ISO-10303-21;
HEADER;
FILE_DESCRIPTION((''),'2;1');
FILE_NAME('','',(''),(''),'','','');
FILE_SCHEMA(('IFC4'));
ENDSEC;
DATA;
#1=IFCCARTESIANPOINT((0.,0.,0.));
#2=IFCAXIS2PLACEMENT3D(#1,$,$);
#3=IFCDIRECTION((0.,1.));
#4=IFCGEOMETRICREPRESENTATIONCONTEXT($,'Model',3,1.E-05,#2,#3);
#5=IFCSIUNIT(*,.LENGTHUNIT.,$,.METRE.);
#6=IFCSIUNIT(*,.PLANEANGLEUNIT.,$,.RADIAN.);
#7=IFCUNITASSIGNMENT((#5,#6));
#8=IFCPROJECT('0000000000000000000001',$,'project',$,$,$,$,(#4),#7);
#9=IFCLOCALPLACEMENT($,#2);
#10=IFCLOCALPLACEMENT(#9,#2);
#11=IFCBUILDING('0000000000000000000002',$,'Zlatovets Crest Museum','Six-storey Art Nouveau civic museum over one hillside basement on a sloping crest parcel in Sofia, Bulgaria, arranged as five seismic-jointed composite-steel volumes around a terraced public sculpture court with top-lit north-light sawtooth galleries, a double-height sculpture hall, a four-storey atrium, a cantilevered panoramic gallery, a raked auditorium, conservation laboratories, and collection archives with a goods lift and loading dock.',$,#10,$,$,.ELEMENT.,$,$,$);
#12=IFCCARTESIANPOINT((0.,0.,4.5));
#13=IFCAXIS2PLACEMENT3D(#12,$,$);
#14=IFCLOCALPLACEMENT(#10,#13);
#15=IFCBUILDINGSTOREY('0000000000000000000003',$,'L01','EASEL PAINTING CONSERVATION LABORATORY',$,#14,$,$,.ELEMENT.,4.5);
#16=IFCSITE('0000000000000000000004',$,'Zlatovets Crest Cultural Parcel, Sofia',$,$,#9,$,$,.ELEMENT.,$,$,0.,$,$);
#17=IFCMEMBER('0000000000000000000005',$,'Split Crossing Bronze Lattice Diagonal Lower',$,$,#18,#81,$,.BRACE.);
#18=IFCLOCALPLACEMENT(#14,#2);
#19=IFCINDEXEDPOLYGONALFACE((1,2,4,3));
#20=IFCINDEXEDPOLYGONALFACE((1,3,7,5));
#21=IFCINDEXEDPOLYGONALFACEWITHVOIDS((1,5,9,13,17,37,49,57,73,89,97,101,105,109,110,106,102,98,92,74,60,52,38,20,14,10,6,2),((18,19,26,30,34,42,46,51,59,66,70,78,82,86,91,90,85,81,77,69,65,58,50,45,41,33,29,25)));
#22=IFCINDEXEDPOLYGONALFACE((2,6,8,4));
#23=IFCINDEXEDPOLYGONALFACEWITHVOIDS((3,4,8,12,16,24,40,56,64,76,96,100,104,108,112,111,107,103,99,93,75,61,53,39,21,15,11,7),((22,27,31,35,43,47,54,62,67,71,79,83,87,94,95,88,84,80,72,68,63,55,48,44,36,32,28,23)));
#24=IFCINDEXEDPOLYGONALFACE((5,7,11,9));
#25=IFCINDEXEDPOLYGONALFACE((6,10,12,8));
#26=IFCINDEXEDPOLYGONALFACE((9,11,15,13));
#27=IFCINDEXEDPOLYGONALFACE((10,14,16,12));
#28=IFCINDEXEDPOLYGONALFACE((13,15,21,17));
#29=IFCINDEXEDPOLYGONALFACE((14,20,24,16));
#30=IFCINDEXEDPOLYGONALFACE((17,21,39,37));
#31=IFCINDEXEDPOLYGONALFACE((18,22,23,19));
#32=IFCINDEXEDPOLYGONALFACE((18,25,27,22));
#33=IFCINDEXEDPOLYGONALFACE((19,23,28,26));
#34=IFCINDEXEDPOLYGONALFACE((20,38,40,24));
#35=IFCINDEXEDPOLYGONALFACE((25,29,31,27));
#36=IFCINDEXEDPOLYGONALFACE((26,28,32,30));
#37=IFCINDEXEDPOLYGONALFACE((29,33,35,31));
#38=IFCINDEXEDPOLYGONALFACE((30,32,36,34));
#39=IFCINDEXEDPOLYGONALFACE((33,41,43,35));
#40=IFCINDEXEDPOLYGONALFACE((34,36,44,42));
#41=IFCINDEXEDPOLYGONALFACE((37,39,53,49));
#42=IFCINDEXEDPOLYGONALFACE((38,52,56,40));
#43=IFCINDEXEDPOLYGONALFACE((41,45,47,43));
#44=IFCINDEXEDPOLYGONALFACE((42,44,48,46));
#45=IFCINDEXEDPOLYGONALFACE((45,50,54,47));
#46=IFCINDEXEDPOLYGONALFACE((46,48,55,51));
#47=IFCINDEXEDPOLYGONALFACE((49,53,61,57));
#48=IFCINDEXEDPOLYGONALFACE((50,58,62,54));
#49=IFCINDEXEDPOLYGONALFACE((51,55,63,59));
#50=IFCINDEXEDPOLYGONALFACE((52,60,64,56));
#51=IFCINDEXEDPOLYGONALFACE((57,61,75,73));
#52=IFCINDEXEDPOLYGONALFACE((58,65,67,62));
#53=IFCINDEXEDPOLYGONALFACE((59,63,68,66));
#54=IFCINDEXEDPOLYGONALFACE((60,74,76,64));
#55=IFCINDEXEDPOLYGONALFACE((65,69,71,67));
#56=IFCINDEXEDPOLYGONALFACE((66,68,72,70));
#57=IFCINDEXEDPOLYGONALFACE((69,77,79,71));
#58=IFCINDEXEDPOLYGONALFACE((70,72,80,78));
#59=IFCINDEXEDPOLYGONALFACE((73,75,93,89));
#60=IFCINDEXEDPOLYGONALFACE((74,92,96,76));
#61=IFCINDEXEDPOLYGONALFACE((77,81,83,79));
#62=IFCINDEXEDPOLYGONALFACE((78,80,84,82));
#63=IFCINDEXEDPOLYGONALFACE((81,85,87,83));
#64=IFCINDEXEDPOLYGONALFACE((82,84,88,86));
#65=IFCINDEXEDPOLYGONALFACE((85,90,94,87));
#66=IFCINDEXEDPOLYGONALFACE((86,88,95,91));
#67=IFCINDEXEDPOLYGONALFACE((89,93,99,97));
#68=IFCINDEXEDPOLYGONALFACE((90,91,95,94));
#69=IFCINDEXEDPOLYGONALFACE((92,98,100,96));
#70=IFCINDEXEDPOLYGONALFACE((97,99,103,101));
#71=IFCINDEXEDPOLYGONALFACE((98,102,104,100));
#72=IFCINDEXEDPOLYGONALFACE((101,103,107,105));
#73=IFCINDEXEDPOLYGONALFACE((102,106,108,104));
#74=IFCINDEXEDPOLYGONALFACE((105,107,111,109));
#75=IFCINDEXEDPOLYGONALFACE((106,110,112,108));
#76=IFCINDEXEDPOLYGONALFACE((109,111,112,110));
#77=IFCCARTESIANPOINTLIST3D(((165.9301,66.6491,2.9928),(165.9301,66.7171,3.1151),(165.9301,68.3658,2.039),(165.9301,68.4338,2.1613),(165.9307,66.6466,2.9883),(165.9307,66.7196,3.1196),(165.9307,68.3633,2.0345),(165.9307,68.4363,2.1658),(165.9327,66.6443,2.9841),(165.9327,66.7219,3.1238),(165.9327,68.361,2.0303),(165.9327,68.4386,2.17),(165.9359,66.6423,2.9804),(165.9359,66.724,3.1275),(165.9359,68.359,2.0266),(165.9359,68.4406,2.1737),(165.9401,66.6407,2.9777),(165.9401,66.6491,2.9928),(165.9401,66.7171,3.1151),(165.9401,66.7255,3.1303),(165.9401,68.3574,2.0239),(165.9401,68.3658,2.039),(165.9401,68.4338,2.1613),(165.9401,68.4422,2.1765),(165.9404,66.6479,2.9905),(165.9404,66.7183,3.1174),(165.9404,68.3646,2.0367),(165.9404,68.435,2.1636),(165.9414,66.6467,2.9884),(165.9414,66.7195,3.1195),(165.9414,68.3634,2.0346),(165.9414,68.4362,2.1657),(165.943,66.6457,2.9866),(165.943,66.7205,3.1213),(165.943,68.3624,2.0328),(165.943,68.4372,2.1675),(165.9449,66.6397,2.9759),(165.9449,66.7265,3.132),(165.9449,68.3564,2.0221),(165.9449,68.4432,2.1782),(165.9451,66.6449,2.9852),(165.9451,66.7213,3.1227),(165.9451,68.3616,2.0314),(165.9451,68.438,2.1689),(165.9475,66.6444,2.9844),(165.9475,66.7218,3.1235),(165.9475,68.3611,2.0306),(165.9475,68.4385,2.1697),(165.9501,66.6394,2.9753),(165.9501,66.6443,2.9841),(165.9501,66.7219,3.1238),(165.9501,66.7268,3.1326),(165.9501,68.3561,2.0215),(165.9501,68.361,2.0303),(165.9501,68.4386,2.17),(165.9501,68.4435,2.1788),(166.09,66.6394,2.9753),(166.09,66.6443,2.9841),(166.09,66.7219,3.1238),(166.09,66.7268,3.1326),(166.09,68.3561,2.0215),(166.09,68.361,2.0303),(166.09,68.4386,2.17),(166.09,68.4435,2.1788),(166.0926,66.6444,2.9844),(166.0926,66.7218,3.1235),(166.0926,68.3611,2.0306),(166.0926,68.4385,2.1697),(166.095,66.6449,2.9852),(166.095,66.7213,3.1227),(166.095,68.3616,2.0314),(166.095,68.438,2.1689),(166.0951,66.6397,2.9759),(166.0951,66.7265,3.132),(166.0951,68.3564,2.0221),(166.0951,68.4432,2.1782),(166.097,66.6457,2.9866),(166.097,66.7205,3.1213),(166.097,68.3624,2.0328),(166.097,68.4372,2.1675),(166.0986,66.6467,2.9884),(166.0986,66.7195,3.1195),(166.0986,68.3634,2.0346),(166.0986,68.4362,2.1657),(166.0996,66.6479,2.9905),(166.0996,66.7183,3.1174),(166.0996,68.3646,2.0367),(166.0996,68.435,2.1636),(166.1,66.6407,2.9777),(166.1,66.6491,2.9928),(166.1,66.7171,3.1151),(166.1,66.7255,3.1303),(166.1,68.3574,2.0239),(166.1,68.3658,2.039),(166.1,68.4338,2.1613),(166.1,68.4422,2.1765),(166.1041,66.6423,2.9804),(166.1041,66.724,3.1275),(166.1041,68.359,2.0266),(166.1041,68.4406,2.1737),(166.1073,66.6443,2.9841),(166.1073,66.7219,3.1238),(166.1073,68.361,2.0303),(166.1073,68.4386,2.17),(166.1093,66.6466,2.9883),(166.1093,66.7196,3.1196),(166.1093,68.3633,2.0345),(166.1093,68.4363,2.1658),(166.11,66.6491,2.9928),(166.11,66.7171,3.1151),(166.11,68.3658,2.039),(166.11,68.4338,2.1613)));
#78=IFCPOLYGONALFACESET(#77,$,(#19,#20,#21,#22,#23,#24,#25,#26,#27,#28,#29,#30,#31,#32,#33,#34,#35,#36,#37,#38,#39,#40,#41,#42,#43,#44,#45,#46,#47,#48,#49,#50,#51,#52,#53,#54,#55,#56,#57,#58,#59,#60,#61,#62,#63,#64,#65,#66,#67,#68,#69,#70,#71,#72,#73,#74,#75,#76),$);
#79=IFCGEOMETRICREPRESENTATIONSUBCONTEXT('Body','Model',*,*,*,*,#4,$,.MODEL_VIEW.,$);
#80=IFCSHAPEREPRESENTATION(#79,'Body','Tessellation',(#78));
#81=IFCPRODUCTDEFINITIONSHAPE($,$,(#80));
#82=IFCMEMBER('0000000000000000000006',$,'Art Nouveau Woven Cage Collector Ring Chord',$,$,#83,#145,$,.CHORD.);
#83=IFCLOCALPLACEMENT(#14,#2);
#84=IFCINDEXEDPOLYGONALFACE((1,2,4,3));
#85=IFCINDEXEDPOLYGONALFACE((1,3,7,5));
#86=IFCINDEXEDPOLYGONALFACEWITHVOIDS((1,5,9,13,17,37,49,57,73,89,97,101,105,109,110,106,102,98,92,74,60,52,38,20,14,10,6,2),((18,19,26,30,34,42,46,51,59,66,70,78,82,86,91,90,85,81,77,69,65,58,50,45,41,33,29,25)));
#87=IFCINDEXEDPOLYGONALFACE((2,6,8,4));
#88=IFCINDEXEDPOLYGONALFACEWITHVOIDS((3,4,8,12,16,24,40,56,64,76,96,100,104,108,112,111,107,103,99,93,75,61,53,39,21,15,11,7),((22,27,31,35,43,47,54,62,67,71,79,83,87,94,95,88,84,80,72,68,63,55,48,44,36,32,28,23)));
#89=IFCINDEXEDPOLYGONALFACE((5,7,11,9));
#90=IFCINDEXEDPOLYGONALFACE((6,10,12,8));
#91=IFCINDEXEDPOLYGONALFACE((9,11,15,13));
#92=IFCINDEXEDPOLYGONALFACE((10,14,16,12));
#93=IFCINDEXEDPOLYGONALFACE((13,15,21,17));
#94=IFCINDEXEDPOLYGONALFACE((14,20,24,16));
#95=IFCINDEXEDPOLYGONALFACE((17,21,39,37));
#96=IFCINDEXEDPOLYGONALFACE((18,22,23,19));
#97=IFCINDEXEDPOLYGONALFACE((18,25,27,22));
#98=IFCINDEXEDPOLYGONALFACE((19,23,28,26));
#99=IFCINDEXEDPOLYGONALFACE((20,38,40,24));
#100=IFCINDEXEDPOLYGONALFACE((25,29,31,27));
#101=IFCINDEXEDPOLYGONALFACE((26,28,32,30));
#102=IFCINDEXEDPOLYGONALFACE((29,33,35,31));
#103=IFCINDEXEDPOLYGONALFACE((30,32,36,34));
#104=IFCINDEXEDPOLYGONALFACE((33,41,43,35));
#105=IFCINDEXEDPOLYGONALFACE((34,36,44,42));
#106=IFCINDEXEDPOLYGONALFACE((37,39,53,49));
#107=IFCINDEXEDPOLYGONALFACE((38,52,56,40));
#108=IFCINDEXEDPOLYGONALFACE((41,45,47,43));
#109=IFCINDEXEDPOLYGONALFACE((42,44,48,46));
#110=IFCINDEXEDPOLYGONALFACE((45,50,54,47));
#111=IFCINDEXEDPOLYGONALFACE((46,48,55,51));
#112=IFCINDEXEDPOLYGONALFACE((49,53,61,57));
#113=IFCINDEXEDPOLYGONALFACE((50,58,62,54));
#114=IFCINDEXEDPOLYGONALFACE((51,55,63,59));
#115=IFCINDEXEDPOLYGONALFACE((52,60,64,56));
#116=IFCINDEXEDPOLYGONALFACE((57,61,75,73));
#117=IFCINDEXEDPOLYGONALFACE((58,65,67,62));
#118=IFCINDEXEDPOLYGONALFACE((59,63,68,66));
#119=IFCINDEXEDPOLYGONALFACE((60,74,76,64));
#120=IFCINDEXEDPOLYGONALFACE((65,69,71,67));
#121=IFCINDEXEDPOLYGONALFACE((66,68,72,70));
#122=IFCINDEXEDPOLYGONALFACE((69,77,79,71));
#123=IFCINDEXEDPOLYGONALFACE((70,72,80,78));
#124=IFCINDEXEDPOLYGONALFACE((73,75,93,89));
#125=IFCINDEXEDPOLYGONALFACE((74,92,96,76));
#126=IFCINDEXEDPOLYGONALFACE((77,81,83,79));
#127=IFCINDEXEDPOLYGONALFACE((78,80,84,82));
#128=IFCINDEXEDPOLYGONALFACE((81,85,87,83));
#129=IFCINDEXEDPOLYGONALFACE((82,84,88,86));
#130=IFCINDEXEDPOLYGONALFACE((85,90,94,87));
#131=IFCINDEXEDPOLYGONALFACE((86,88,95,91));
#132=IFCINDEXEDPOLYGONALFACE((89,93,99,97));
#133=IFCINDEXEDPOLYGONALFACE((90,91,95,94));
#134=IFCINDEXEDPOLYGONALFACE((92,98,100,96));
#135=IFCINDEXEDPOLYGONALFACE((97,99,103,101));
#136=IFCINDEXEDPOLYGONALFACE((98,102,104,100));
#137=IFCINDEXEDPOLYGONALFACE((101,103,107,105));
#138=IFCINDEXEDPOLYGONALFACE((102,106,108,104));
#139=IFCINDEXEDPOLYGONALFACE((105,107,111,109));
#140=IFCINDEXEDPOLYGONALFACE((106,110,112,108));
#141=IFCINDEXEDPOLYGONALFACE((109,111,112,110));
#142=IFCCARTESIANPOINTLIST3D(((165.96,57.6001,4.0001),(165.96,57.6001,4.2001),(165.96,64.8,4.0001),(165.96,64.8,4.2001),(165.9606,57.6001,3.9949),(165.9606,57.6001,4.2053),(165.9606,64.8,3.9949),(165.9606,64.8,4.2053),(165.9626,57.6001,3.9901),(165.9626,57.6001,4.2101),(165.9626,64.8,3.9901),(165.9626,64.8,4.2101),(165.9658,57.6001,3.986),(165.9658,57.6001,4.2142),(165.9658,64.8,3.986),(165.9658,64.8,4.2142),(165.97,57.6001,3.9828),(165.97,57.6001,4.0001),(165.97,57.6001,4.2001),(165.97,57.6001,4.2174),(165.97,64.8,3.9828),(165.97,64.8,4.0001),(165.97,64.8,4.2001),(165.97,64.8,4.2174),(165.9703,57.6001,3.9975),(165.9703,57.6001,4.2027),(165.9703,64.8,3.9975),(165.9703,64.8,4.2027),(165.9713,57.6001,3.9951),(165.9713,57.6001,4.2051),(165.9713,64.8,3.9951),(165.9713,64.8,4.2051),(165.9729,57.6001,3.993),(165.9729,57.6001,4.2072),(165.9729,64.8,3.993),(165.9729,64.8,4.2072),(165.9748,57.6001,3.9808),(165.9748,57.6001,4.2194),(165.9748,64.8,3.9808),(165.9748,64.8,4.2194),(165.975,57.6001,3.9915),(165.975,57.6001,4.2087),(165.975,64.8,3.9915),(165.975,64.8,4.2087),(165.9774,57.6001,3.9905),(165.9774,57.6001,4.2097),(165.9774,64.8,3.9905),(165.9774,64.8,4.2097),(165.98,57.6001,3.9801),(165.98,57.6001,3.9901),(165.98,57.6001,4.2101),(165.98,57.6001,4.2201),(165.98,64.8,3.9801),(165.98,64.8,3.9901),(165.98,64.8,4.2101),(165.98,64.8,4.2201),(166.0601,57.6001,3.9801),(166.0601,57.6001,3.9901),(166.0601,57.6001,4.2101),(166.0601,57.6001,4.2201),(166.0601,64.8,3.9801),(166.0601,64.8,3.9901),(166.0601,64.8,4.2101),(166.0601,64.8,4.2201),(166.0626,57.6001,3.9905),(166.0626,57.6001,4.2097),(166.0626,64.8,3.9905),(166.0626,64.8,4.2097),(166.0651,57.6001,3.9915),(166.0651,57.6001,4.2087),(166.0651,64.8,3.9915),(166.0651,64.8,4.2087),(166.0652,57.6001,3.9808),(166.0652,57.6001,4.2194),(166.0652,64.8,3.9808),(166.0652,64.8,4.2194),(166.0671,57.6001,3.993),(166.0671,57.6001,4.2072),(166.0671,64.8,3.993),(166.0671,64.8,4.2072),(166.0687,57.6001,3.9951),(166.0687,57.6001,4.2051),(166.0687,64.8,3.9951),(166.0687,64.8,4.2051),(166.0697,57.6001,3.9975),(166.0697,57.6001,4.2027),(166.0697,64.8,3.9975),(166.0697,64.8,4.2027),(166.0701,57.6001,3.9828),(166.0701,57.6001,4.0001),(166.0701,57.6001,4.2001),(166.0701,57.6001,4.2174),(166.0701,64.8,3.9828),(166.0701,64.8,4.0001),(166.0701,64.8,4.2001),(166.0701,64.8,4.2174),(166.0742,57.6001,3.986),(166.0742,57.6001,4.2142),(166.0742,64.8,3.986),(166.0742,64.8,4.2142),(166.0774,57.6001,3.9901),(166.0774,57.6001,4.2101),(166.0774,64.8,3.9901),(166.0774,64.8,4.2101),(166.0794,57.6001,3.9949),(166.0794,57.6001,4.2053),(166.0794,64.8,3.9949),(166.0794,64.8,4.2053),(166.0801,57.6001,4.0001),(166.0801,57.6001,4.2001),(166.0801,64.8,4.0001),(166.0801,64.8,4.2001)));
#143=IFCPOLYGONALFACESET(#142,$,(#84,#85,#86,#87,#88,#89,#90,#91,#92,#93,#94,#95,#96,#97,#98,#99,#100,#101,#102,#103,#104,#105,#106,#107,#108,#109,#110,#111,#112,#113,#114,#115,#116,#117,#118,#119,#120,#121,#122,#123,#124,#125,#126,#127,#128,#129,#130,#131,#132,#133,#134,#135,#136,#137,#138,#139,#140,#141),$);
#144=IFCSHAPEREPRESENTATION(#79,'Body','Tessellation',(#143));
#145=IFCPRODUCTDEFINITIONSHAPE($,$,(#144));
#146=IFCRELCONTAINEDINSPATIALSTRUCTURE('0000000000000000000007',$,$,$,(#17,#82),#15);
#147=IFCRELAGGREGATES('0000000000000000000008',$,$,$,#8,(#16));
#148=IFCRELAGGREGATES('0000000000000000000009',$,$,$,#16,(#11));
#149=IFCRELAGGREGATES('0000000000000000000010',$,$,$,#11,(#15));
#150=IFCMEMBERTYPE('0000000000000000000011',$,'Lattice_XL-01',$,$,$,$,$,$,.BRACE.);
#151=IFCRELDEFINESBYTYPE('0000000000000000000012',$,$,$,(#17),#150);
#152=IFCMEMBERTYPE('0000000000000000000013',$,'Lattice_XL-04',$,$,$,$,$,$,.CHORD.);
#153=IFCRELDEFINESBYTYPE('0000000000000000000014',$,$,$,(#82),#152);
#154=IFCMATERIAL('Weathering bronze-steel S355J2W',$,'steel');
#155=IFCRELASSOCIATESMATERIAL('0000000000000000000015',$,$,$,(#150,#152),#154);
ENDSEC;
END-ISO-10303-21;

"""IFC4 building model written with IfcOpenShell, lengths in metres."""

from ifc_helpers import new_model, si_unit, direction, frame, origin, origin_2d, place, context, subcontext, project, spatial, hollow_rectangle, extrude, material, material_profile, profile_set, type_object, element, save


model = new_model("IFC4")

# Units and contexts
model_context = context("Model", 3, precision=1e-05, world=origin(), true_north=direction((0.0, 1.0)))
body_context = subcontext(model_context, "Body", "Model", "MODEL_VIEW")
ifc_project = project(units=[si_unit("LENGTHUNIT", "METRE"), si_unit("PLANEANGLEUNIT", "RADIAN")], contexts=[model_context])

# Site, building, storey
site_placement = place(None, origin())
site = spatial("IfcSite", under=ifc_project, at=site_placement, Name="Zlatovets Crest Cultural Parcel, Sofia", CompositionType="ELEMENT", RefElevation=0.0)
building_placement = place(site_placement, origin())
building = spatial("IfcBuilding", under=site, at=building_placement, Name="Zlatovets Crest Museum", Description="Six-storey Art Nouveau civic museum over one hillside basement on a sloping crest parcel in Sofia, Bulgaria, arranged as five seismic-jointed composite-steel volumes around a terraced public sculpture court with top-lit north-light sawtooth galleries, a double-height sculpture hall, a four-storey atrium, a cantilevered panoramic gallery, a raked auditorium, conservation laboratories, and collection archives with a goods lift and loading dock.", CompositionType="ELEMENT")
storey_placement = place(building_placement, frame((0.0, 0.0, 4.5)))
storey = spatial("IfcBuildingStorey", under=building, at=storey_placement, Name="L01", Description="EASEL PAINTING CONSERVATION LABORATORY", CompositionType="ELEMENT", Elevation=4.5)

# Members
ifc_material_1 = material(Name="Weathering bronze-steel S355J2W", Category="steel")
ifc_material_profile_1 = material_profile(ifc_material_1, hollow_rectangle(XDim=0.1799, YDim=0.1799, WallThickness=0.01, InnerFilletRadius=0.01, OuterFilletRadius=0.02, at=origin_2d()), Name="SHS 180x180x10.0")
ifc_profile_set_1 = profile_set([ifc_material_profile_1], Name="Weathering bronze-steel S355J2W")
member_type_1 = type_object("IfcMemberType", Name="Lattice_XL-01", PredefinedType="BRACE", material=ifc_profile_set_1)
member_1_placement = place(storey_placement, frame((166.02, 66.6831, 3.054), z_axis=(0.0, 0.87414, -0.485675), x_axis=(-1.0, 0.0, 0.0)))
element("IfcMember", 1, at=member_1_placement, inside=storey, type_object=member_type_1, Name="Split Crossing Bronze Lattice Diagonal Lower", PredefinedType="BRACE", context=body_context, shape_type="SweptSolid", body=[
    extrude(hollow_rectangle(XDim=0.1799, YDim=0.1799, WallThickness=0.01, InnerFilletRadius=0.01, OuterFilletRadius=0.02, at=origin_2d()), origin(), (0.0, 0.0, 1.0), 1.9639),
])
ifc_material_profile_2 = material_profile(ifc_material_1, hollow_rectangle(XDim=0.1201, YDim=0.24, WallThickness=0.01, InnerFilletRadius=0.01, OuterFilletRadius=0.02, at=origin_2d()), Name="RHS 120x240x10.0")
ifc_profile_set_2 = profile_set([ifc_material_profile_2], Name="Weathering bronze-steel S355J2W")
member_type_2 = type_object("IfcMemberType", Name="Lattice_XL-04", PredefinedType="CHORD", material=ifc_profile_set_2)
for number, where, z_axis, x_axis, name in (
    (2, (166.02, 57.6001, 4.1001), (0.0, 1.0, 0.0), (-1.0, 0.0, 0.0), "Art Nouveau Woven Cage Collector Ring Chord"),
):
    element("IfcMember", number, at=place(storey_placement, frame(where, z_axis=z_axis, x_axis=x_axis)), inside=storey, type_object=member_type_2, Name=name, PredefinedType="CHORD", context=body_context, shape_type="SweptSolid", body=[
        extrude(hollow_rectangle(XDim=0.1201, YDim=0.24, WallThickness=0.01, InnerFilletRadius=0.01, OuterFilletRadius=0.02, at=origin_2d()), origin(), (0.0, 0.0, 1.0), 7.2),
    ])

save(model, "model.ifc")
